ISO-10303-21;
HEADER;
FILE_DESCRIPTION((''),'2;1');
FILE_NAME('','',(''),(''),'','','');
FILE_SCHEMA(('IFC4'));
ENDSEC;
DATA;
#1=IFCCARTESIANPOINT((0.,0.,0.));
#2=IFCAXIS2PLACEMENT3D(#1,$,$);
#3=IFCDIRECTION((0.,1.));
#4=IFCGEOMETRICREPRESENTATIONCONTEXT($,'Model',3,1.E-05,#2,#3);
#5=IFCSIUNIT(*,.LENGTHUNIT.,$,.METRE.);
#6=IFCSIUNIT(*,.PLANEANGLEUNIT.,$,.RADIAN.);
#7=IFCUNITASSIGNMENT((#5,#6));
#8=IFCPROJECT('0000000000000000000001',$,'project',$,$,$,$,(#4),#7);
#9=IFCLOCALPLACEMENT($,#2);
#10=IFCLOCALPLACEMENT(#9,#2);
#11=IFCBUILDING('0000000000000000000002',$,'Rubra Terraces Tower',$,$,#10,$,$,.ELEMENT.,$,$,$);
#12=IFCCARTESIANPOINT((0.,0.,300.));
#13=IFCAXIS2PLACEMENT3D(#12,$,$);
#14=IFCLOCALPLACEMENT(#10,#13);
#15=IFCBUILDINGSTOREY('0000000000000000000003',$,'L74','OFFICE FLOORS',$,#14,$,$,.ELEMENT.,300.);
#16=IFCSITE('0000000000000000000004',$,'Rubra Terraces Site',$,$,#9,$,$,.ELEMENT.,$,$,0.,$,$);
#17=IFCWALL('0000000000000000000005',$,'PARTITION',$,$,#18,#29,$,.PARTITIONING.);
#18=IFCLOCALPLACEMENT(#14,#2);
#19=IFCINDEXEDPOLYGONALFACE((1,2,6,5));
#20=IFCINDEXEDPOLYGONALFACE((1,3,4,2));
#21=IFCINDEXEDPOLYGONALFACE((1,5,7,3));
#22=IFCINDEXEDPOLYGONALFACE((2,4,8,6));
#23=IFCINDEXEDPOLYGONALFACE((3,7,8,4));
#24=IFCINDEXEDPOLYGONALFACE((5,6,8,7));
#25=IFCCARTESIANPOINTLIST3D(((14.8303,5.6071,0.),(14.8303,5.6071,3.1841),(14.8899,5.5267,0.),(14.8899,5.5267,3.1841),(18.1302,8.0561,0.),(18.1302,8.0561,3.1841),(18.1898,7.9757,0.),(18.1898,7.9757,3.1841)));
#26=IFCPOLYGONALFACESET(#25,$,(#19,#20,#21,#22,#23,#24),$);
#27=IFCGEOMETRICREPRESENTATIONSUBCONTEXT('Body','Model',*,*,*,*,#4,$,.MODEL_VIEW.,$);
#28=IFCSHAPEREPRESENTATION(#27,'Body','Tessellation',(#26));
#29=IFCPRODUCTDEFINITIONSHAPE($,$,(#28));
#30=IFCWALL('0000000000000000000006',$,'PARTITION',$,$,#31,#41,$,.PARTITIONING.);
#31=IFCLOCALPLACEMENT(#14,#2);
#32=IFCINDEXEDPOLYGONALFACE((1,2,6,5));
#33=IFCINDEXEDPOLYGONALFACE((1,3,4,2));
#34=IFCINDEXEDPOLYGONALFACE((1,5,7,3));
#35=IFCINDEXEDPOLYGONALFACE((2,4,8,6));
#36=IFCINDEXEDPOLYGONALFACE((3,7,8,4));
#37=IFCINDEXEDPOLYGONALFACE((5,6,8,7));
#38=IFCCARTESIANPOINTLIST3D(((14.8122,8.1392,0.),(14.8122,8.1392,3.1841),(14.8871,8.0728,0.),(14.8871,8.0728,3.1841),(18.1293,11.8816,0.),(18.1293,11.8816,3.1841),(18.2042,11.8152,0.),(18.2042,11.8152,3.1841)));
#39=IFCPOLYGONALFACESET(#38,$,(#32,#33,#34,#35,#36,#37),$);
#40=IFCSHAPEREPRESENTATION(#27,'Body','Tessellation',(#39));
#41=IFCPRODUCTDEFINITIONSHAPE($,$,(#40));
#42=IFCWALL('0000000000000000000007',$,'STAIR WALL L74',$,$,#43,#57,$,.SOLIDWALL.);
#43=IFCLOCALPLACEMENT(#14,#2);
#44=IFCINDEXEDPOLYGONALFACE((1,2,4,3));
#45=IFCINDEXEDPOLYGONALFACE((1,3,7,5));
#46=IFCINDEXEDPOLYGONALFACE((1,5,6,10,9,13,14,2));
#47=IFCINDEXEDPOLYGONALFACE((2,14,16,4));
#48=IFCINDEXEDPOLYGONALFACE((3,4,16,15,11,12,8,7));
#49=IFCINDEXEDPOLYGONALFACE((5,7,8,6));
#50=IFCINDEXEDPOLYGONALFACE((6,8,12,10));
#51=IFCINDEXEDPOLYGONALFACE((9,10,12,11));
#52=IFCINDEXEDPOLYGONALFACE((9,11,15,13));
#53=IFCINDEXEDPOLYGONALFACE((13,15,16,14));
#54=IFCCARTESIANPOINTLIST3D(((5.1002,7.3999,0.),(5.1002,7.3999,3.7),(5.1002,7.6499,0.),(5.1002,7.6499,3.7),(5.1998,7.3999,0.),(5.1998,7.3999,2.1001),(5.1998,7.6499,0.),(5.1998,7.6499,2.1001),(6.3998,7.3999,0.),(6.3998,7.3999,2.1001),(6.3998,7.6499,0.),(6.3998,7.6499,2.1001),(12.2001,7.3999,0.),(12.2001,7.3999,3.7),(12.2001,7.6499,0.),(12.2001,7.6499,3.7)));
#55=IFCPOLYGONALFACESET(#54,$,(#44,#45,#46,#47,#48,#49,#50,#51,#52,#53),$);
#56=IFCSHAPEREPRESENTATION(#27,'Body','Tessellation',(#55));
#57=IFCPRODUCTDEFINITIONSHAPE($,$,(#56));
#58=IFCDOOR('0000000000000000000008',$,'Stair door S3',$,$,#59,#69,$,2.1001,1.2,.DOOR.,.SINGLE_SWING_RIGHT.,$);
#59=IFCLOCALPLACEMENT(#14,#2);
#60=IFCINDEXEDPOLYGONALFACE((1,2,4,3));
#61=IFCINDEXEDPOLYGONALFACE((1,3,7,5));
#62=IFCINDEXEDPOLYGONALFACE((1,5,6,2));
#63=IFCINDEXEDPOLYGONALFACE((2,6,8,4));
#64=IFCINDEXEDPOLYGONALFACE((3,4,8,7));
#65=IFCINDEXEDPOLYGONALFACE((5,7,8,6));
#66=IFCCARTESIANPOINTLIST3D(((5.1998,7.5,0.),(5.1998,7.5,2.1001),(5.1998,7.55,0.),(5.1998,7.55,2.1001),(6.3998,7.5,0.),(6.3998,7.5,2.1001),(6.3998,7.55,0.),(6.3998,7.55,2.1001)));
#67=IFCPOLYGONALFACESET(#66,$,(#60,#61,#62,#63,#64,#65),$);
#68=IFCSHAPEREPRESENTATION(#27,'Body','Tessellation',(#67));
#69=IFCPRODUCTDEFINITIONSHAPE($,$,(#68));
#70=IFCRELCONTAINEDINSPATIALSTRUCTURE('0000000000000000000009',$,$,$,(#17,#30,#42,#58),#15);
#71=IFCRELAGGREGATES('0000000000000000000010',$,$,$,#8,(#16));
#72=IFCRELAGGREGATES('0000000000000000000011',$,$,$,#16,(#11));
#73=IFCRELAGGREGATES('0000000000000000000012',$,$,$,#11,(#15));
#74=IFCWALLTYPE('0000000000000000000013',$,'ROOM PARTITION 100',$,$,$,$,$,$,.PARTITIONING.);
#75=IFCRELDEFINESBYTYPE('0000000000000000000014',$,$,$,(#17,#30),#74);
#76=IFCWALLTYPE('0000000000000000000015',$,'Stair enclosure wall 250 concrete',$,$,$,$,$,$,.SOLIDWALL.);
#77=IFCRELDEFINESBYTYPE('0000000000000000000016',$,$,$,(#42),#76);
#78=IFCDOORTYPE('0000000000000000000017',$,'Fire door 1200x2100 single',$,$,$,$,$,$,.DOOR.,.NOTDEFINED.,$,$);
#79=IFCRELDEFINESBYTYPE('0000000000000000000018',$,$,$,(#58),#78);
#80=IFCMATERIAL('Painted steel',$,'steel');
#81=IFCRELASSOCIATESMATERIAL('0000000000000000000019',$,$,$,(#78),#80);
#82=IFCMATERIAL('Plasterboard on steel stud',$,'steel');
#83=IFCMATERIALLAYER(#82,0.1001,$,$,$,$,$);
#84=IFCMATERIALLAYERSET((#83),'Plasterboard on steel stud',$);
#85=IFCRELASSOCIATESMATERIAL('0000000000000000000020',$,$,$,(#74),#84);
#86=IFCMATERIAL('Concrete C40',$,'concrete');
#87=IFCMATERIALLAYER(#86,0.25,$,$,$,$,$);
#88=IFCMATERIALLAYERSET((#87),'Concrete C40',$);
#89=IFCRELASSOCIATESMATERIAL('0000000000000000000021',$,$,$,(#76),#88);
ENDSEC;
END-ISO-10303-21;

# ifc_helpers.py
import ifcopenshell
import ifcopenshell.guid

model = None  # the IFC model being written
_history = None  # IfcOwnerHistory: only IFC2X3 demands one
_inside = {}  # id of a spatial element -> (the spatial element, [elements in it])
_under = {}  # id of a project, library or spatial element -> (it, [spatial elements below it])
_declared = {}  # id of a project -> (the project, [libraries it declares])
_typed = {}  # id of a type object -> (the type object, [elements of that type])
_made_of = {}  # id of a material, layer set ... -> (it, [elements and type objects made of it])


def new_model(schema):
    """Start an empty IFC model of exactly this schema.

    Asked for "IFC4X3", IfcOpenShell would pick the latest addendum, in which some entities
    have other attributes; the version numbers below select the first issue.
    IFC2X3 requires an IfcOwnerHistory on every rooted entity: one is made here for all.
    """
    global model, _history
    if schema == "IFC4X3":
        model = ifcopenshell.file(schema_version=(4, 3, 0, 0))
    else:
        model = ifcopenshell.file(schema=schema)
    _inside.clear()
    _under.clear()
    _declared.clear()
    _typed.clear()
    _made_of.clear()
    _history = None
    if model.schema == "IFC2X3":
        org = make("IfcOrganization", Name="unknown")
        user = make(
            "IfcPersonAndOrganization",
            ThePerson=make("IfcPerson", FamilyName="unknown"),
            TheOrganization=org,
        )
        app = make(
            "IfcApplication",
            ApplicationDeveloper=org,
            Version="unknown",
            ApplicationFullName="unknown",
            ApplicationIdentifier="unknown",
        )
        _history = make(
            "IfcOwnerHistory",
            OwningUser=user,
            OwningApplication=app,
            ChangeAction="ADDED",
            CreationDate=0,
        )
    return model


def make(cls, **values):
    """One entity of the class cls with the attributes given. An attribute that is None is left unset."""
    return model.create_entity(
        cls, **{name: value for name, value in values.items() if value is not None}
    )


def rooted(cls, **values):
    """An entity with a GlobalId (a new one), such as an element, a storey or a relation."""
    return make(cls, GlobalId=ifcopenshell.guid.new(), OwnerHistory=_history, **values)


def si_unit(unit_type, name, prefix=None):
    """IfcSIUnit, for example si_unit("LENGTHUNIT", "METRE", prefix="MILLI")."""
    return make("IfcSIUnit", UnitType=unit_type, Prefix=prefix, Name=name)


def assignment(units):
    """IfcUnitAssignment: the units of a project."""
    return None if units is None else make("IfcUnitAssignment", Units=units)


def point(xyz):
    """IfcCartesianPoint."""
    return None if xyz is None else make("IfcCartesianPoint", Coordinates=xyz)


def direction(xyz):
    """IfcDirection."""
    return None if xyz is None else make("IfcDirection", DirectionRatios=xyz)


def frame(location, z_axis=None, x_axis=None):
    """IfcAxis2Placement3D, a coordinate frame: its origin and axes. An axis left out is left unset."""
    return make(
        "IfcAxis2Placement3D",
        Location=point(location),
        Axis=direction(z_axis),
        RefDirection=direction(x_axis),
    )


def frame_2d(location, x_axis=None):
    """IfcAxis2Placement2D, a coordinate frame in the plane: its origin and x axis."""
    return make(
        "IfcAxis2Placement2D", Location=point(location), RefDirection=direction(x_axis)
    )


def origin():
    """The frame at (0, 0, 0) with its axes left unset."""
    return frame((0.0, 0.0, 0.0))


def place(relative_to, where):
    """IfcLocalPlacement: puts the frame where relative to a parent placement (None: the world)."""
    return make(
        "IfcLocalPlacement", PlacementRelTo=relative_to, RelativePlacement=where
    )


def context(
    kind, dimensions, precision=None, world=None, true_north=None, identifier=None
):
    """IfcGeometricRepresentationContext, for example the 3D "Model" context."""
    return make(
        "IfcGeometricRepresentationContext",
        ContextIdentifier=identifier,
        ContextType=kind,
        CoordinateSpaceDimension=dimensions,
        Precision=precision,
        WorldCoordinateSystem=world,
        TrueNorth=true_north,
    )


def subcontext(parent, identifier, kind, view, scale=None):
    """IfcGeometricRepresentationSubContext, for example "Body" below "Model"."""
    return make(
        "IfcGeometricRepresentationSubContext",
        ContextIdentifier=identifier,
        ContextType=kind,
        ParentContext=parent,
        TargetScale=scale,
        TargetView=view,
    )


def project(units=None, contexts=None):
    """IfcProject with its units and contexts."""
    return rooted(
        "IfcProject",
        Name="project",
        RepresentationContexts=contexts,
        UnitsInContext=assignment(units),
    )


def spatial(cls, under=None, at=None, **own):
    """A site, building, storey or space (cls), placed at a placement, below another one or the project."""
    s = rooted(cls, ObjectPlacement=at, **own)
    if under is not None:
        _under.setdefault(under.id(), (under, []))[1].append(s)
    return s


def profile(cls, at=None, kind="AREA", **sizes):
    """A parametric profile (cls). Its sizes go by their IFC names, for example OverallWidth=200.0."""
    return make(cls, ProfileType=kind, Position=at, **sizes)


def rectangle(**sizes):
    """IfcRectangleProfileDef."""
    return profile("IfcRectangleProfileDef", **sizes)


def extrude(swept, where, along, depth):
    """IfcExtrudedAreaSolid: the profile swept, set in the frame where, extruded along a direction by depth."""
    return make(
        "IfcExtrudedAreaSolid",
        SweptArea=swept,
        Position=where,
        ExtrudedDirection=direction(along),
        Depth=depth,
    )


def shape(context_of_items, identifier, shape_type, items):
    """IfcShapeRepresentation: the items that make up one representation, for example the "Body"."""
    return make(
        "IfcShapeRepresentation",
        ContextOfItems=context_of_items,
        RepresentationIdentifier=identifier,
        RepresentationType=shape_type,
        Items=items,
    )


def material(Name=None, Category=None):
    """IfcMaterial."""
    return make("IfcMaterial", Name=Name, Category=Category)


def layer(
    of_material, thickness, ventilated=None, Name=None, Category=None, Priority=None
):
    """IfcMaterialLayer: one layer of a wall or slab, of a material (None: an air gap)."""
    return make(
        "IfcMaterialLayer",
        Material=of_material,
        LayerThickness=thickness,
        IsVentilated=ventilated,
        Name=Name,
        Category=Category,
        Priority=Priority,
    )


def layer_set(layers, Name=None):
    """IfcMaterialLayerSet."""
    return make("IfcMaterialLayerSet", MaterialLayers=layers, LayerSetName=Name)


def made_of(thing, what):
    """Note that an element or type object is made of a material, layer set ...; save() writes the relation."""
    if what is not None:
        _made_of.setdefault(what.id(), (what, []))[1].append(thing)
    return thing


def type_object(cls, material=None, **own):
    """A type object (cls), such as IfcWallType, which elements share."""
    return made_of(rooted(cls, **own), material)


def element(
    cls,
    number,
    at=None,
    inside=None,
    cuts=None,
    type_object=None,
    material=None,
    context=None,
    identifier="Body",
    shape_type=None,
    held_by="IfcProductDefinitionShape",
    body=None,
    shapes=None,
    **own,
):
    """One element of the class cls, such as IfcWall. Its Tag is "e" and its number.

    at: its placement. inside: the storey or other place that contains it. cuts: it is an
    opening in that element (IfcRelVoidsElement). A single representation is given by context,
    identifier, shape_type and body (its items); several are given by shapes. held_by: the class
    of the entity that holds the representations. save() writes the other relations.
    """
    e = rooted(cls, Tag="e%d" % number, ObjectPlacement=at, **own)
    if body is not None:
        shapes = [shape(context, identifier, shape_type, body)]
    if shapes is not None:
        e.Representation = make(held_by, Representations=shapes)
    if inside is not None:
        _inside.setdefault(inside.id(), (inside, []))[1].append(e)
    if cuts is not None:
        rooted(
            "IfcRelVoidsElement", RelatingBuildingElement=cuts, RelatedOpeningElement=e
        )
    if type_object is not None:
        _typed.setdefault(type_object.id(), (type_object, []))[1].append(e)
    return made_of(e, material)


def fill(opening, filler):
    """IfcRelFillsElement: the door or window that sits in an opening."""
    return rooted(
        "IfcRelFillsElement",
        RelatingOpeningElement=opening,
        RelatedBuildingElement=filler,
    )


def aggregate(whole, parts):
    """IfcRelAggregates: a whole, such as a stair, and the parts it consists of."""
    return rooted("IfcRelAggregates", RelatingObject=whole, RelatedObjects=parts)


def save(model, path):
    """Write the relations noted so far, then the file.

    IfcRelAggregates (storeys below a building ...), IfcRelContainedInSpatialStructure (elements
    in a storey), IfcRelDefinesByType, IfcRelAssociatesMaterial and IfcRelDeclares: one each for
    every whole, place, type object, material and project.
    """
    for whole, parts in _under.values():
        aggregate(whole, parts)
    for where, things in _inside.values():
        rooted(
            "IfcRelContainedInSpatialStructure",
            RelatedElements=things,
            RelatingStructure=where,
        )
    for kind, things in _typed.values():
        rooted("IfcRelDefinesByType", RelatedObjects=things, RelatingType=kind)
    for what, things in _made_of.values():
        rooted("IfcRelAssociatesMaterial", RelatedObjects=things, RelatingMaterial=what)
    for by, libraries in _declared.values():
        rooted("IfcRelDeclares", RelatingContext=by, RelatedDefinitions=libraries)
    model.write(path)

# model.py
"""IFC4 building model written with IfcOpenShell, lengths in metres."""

from ifc_helpers import new_model, si_unit, direction, frame, frame_2d, origin, place, context, subcontext, project, spatial, rectangle, extrude, material, layer, layer_set, type_object, element, fill, save


model = new_model("IFC4")

# Units and contexts
model_context = context("Model", 3, precision=1e-05, world=origin(), true_north=direction((0.0, 1.0)))
body_context = subcontext(model_context, "Body", "Model", "MODEL_VIEW")
ifc_project = project(units=[si_unit("LENGTHUNIT", "METRE"), si_unit("PLANEANGLEUNIT", "RADIAN")], contexts=[model_context])

# Site, building, storey
site_placement = place(None, origin())
site = spatial("IfcSite", under=ifc_project, at=site_placement, Name="Rubra Terraces Site", CompositionType="ELEMENT", RefElevation=0.0)
building_placement = place(site_placement, origin())
building = spatial("IfcBuilding", under=site, at=building_placement, Name="Rubra Terraces Tower", CompositionType="ELEMENT")
storey_placement = place(building_placement, frame((0.0, 0.0, 300.0)))
storey = spatial("IfcBuildingStorey", under=building, at=storey_placement, Name="L74", Description="OFFICE FLOORS", CompositionType="ELEMENT", Elevation=300.0)

# Shared definitions
ifc_material_1 = material(Name="Concrete C40", Category="concrete")

# Shared definitions
ifc_material_2 = material(Name="Painted steel", Category="steel")
door_type_1 = type_object("IfcDoorType", Name="Fire door 1200x2100 single", OperationType="NOTDEFINED", PredefinedType="DOOR", material=ifc_material_2)

# Shared definitions
ifc_material_3 = material(Name="Plasterboard on steel stud", Category="steel")
ifc_layer_1 = layer(ifc_material_3, 0.1001)
ifc_layer_set_1 = layer_set([ifc_layer_1], Name="Plasterboard on steel stud")
wall_type_1 = type_object("IfcWallType", Name="ROOM PARTITION 100", PredefinedType="PARTITIONING", material=ifc_layer_set_1)

# Walls
wall_1_placement = place(storey_placement, frame((14.8601, 5.5669, 0.0), z_axis=(0.0, 0.0, 1.0), x_axis=(0.803013, 0.595962, 0.0)))
element("IfcWall", 1, at=wall_1_placement, inside=storey, type_object=wall_type_1, Name="PARTITION", PredefinedType="PARTITIONING", context=body_context, shape_type="SweptSolid", body=[
    extrude(rectangle(XDim=4.1094, YDim=0.1001, at=frame_2d((2.0547, 0.0))), origin(), (0.0, 0.0, 1.0), 3.1841),
])
wall_2_placement = place(storey_placement, frame((14.8496, 8.106, 0.0), z_axis=(0.0, 0.0, 1.0), x_axis=(0.663306, 0.748349, 0.0)))
element("IfcWall", 2, at=wall_2_placement, inside=storey, type_object=wall_type_1, Name="PARTITION", PredefinedType="PARTITIONING", context=body_context, shape_type="SweptSolid", body=[
    extrude(rectangle(XDim=5.001, YDim=0.1001, at=frame_2d((2.5005, 0.0))), origin(), (0.0, 0.0, 1.0), 3.1841),
])

# Wall, opening, door
ifc_layer_2 = layer(ifc_material_1, 0.25)
ifc_layer_set_2 = layer_set([ifc_layer_2], Name="Concrete C40")
wall_type_2 = type_object("IfcWallType", Name="Stair enclosure wall 250 concrete", PredefinedType="SOLIDWALL", material=ifc_layer_set_2)
wall_3_placement = place(storey_placement, frame((12.2, 7.5249, 0.0), z_axis=(0.0, 0.0, 1.0), x_axis=(-1.0, 0.0, 0.0)))
wall_3 = element("IfcWall", 3, at=wall_3_placement, inside=storey, type_object=wall_type_2, Name="STAIR WALL L74", PredefinedType="SOLIDWALL", context=body_context, shape_type="SweptSolid", body=[
    extrude(rectangle(XDim=7.0999, YDim=0.25, at=frame_2d((3.5498, 0.0))), origin(), (0.0, 0.0, 1.0), 3.7),
])
opening_1_placement = place(wall_3_placement, frame((5.8, 0.0, 0.0)))
opening_1 = element("IfcOpeningElement", 4, at=opening_1_placement, cuts=wall_3, PredefinedType="OPENING", context=body_context, shape_type="SweptSolid", body=[
    extrude(rectangle(XDim=1.2, YDim=2.1001, at=frame_2d((0.6001, 1.05))), frame((0.0, 0.135, 0.0), z_axis=(0.0, -1.0, 0.0), x_axis=(1.0, 0.0, 0.0)), (0.0, 0.0, 1.0), 0.27),
])
door_1_placement = place(opening_1_placement, origin())
door_1 = element("IfcDoor", 5, at=door_1_placement, inside=storey, type_object=door_type_1, Name="Stair door S3", OperationType="SINGLE_SWING_RIGHT", OverallHeight=2.1001, OverallWidth=1.2, PredefinedType="DOOR", context=body_context, shape_type="SweptSolid", body=[
    extrude(rectangle(XDim=1.2, YDim=2.1001, at=frame_2d((0.6001, 1.05))), frame((0.0, 0.0249, 0.0), z_axis=(0.0, -1.0, 0.0), x_axis=(1.0, 0.0, 0.0)), (0.0, 0.0, 1.0), 0.05),
])
fill(opening_1, door_1)

save(model, "model.ifc")
